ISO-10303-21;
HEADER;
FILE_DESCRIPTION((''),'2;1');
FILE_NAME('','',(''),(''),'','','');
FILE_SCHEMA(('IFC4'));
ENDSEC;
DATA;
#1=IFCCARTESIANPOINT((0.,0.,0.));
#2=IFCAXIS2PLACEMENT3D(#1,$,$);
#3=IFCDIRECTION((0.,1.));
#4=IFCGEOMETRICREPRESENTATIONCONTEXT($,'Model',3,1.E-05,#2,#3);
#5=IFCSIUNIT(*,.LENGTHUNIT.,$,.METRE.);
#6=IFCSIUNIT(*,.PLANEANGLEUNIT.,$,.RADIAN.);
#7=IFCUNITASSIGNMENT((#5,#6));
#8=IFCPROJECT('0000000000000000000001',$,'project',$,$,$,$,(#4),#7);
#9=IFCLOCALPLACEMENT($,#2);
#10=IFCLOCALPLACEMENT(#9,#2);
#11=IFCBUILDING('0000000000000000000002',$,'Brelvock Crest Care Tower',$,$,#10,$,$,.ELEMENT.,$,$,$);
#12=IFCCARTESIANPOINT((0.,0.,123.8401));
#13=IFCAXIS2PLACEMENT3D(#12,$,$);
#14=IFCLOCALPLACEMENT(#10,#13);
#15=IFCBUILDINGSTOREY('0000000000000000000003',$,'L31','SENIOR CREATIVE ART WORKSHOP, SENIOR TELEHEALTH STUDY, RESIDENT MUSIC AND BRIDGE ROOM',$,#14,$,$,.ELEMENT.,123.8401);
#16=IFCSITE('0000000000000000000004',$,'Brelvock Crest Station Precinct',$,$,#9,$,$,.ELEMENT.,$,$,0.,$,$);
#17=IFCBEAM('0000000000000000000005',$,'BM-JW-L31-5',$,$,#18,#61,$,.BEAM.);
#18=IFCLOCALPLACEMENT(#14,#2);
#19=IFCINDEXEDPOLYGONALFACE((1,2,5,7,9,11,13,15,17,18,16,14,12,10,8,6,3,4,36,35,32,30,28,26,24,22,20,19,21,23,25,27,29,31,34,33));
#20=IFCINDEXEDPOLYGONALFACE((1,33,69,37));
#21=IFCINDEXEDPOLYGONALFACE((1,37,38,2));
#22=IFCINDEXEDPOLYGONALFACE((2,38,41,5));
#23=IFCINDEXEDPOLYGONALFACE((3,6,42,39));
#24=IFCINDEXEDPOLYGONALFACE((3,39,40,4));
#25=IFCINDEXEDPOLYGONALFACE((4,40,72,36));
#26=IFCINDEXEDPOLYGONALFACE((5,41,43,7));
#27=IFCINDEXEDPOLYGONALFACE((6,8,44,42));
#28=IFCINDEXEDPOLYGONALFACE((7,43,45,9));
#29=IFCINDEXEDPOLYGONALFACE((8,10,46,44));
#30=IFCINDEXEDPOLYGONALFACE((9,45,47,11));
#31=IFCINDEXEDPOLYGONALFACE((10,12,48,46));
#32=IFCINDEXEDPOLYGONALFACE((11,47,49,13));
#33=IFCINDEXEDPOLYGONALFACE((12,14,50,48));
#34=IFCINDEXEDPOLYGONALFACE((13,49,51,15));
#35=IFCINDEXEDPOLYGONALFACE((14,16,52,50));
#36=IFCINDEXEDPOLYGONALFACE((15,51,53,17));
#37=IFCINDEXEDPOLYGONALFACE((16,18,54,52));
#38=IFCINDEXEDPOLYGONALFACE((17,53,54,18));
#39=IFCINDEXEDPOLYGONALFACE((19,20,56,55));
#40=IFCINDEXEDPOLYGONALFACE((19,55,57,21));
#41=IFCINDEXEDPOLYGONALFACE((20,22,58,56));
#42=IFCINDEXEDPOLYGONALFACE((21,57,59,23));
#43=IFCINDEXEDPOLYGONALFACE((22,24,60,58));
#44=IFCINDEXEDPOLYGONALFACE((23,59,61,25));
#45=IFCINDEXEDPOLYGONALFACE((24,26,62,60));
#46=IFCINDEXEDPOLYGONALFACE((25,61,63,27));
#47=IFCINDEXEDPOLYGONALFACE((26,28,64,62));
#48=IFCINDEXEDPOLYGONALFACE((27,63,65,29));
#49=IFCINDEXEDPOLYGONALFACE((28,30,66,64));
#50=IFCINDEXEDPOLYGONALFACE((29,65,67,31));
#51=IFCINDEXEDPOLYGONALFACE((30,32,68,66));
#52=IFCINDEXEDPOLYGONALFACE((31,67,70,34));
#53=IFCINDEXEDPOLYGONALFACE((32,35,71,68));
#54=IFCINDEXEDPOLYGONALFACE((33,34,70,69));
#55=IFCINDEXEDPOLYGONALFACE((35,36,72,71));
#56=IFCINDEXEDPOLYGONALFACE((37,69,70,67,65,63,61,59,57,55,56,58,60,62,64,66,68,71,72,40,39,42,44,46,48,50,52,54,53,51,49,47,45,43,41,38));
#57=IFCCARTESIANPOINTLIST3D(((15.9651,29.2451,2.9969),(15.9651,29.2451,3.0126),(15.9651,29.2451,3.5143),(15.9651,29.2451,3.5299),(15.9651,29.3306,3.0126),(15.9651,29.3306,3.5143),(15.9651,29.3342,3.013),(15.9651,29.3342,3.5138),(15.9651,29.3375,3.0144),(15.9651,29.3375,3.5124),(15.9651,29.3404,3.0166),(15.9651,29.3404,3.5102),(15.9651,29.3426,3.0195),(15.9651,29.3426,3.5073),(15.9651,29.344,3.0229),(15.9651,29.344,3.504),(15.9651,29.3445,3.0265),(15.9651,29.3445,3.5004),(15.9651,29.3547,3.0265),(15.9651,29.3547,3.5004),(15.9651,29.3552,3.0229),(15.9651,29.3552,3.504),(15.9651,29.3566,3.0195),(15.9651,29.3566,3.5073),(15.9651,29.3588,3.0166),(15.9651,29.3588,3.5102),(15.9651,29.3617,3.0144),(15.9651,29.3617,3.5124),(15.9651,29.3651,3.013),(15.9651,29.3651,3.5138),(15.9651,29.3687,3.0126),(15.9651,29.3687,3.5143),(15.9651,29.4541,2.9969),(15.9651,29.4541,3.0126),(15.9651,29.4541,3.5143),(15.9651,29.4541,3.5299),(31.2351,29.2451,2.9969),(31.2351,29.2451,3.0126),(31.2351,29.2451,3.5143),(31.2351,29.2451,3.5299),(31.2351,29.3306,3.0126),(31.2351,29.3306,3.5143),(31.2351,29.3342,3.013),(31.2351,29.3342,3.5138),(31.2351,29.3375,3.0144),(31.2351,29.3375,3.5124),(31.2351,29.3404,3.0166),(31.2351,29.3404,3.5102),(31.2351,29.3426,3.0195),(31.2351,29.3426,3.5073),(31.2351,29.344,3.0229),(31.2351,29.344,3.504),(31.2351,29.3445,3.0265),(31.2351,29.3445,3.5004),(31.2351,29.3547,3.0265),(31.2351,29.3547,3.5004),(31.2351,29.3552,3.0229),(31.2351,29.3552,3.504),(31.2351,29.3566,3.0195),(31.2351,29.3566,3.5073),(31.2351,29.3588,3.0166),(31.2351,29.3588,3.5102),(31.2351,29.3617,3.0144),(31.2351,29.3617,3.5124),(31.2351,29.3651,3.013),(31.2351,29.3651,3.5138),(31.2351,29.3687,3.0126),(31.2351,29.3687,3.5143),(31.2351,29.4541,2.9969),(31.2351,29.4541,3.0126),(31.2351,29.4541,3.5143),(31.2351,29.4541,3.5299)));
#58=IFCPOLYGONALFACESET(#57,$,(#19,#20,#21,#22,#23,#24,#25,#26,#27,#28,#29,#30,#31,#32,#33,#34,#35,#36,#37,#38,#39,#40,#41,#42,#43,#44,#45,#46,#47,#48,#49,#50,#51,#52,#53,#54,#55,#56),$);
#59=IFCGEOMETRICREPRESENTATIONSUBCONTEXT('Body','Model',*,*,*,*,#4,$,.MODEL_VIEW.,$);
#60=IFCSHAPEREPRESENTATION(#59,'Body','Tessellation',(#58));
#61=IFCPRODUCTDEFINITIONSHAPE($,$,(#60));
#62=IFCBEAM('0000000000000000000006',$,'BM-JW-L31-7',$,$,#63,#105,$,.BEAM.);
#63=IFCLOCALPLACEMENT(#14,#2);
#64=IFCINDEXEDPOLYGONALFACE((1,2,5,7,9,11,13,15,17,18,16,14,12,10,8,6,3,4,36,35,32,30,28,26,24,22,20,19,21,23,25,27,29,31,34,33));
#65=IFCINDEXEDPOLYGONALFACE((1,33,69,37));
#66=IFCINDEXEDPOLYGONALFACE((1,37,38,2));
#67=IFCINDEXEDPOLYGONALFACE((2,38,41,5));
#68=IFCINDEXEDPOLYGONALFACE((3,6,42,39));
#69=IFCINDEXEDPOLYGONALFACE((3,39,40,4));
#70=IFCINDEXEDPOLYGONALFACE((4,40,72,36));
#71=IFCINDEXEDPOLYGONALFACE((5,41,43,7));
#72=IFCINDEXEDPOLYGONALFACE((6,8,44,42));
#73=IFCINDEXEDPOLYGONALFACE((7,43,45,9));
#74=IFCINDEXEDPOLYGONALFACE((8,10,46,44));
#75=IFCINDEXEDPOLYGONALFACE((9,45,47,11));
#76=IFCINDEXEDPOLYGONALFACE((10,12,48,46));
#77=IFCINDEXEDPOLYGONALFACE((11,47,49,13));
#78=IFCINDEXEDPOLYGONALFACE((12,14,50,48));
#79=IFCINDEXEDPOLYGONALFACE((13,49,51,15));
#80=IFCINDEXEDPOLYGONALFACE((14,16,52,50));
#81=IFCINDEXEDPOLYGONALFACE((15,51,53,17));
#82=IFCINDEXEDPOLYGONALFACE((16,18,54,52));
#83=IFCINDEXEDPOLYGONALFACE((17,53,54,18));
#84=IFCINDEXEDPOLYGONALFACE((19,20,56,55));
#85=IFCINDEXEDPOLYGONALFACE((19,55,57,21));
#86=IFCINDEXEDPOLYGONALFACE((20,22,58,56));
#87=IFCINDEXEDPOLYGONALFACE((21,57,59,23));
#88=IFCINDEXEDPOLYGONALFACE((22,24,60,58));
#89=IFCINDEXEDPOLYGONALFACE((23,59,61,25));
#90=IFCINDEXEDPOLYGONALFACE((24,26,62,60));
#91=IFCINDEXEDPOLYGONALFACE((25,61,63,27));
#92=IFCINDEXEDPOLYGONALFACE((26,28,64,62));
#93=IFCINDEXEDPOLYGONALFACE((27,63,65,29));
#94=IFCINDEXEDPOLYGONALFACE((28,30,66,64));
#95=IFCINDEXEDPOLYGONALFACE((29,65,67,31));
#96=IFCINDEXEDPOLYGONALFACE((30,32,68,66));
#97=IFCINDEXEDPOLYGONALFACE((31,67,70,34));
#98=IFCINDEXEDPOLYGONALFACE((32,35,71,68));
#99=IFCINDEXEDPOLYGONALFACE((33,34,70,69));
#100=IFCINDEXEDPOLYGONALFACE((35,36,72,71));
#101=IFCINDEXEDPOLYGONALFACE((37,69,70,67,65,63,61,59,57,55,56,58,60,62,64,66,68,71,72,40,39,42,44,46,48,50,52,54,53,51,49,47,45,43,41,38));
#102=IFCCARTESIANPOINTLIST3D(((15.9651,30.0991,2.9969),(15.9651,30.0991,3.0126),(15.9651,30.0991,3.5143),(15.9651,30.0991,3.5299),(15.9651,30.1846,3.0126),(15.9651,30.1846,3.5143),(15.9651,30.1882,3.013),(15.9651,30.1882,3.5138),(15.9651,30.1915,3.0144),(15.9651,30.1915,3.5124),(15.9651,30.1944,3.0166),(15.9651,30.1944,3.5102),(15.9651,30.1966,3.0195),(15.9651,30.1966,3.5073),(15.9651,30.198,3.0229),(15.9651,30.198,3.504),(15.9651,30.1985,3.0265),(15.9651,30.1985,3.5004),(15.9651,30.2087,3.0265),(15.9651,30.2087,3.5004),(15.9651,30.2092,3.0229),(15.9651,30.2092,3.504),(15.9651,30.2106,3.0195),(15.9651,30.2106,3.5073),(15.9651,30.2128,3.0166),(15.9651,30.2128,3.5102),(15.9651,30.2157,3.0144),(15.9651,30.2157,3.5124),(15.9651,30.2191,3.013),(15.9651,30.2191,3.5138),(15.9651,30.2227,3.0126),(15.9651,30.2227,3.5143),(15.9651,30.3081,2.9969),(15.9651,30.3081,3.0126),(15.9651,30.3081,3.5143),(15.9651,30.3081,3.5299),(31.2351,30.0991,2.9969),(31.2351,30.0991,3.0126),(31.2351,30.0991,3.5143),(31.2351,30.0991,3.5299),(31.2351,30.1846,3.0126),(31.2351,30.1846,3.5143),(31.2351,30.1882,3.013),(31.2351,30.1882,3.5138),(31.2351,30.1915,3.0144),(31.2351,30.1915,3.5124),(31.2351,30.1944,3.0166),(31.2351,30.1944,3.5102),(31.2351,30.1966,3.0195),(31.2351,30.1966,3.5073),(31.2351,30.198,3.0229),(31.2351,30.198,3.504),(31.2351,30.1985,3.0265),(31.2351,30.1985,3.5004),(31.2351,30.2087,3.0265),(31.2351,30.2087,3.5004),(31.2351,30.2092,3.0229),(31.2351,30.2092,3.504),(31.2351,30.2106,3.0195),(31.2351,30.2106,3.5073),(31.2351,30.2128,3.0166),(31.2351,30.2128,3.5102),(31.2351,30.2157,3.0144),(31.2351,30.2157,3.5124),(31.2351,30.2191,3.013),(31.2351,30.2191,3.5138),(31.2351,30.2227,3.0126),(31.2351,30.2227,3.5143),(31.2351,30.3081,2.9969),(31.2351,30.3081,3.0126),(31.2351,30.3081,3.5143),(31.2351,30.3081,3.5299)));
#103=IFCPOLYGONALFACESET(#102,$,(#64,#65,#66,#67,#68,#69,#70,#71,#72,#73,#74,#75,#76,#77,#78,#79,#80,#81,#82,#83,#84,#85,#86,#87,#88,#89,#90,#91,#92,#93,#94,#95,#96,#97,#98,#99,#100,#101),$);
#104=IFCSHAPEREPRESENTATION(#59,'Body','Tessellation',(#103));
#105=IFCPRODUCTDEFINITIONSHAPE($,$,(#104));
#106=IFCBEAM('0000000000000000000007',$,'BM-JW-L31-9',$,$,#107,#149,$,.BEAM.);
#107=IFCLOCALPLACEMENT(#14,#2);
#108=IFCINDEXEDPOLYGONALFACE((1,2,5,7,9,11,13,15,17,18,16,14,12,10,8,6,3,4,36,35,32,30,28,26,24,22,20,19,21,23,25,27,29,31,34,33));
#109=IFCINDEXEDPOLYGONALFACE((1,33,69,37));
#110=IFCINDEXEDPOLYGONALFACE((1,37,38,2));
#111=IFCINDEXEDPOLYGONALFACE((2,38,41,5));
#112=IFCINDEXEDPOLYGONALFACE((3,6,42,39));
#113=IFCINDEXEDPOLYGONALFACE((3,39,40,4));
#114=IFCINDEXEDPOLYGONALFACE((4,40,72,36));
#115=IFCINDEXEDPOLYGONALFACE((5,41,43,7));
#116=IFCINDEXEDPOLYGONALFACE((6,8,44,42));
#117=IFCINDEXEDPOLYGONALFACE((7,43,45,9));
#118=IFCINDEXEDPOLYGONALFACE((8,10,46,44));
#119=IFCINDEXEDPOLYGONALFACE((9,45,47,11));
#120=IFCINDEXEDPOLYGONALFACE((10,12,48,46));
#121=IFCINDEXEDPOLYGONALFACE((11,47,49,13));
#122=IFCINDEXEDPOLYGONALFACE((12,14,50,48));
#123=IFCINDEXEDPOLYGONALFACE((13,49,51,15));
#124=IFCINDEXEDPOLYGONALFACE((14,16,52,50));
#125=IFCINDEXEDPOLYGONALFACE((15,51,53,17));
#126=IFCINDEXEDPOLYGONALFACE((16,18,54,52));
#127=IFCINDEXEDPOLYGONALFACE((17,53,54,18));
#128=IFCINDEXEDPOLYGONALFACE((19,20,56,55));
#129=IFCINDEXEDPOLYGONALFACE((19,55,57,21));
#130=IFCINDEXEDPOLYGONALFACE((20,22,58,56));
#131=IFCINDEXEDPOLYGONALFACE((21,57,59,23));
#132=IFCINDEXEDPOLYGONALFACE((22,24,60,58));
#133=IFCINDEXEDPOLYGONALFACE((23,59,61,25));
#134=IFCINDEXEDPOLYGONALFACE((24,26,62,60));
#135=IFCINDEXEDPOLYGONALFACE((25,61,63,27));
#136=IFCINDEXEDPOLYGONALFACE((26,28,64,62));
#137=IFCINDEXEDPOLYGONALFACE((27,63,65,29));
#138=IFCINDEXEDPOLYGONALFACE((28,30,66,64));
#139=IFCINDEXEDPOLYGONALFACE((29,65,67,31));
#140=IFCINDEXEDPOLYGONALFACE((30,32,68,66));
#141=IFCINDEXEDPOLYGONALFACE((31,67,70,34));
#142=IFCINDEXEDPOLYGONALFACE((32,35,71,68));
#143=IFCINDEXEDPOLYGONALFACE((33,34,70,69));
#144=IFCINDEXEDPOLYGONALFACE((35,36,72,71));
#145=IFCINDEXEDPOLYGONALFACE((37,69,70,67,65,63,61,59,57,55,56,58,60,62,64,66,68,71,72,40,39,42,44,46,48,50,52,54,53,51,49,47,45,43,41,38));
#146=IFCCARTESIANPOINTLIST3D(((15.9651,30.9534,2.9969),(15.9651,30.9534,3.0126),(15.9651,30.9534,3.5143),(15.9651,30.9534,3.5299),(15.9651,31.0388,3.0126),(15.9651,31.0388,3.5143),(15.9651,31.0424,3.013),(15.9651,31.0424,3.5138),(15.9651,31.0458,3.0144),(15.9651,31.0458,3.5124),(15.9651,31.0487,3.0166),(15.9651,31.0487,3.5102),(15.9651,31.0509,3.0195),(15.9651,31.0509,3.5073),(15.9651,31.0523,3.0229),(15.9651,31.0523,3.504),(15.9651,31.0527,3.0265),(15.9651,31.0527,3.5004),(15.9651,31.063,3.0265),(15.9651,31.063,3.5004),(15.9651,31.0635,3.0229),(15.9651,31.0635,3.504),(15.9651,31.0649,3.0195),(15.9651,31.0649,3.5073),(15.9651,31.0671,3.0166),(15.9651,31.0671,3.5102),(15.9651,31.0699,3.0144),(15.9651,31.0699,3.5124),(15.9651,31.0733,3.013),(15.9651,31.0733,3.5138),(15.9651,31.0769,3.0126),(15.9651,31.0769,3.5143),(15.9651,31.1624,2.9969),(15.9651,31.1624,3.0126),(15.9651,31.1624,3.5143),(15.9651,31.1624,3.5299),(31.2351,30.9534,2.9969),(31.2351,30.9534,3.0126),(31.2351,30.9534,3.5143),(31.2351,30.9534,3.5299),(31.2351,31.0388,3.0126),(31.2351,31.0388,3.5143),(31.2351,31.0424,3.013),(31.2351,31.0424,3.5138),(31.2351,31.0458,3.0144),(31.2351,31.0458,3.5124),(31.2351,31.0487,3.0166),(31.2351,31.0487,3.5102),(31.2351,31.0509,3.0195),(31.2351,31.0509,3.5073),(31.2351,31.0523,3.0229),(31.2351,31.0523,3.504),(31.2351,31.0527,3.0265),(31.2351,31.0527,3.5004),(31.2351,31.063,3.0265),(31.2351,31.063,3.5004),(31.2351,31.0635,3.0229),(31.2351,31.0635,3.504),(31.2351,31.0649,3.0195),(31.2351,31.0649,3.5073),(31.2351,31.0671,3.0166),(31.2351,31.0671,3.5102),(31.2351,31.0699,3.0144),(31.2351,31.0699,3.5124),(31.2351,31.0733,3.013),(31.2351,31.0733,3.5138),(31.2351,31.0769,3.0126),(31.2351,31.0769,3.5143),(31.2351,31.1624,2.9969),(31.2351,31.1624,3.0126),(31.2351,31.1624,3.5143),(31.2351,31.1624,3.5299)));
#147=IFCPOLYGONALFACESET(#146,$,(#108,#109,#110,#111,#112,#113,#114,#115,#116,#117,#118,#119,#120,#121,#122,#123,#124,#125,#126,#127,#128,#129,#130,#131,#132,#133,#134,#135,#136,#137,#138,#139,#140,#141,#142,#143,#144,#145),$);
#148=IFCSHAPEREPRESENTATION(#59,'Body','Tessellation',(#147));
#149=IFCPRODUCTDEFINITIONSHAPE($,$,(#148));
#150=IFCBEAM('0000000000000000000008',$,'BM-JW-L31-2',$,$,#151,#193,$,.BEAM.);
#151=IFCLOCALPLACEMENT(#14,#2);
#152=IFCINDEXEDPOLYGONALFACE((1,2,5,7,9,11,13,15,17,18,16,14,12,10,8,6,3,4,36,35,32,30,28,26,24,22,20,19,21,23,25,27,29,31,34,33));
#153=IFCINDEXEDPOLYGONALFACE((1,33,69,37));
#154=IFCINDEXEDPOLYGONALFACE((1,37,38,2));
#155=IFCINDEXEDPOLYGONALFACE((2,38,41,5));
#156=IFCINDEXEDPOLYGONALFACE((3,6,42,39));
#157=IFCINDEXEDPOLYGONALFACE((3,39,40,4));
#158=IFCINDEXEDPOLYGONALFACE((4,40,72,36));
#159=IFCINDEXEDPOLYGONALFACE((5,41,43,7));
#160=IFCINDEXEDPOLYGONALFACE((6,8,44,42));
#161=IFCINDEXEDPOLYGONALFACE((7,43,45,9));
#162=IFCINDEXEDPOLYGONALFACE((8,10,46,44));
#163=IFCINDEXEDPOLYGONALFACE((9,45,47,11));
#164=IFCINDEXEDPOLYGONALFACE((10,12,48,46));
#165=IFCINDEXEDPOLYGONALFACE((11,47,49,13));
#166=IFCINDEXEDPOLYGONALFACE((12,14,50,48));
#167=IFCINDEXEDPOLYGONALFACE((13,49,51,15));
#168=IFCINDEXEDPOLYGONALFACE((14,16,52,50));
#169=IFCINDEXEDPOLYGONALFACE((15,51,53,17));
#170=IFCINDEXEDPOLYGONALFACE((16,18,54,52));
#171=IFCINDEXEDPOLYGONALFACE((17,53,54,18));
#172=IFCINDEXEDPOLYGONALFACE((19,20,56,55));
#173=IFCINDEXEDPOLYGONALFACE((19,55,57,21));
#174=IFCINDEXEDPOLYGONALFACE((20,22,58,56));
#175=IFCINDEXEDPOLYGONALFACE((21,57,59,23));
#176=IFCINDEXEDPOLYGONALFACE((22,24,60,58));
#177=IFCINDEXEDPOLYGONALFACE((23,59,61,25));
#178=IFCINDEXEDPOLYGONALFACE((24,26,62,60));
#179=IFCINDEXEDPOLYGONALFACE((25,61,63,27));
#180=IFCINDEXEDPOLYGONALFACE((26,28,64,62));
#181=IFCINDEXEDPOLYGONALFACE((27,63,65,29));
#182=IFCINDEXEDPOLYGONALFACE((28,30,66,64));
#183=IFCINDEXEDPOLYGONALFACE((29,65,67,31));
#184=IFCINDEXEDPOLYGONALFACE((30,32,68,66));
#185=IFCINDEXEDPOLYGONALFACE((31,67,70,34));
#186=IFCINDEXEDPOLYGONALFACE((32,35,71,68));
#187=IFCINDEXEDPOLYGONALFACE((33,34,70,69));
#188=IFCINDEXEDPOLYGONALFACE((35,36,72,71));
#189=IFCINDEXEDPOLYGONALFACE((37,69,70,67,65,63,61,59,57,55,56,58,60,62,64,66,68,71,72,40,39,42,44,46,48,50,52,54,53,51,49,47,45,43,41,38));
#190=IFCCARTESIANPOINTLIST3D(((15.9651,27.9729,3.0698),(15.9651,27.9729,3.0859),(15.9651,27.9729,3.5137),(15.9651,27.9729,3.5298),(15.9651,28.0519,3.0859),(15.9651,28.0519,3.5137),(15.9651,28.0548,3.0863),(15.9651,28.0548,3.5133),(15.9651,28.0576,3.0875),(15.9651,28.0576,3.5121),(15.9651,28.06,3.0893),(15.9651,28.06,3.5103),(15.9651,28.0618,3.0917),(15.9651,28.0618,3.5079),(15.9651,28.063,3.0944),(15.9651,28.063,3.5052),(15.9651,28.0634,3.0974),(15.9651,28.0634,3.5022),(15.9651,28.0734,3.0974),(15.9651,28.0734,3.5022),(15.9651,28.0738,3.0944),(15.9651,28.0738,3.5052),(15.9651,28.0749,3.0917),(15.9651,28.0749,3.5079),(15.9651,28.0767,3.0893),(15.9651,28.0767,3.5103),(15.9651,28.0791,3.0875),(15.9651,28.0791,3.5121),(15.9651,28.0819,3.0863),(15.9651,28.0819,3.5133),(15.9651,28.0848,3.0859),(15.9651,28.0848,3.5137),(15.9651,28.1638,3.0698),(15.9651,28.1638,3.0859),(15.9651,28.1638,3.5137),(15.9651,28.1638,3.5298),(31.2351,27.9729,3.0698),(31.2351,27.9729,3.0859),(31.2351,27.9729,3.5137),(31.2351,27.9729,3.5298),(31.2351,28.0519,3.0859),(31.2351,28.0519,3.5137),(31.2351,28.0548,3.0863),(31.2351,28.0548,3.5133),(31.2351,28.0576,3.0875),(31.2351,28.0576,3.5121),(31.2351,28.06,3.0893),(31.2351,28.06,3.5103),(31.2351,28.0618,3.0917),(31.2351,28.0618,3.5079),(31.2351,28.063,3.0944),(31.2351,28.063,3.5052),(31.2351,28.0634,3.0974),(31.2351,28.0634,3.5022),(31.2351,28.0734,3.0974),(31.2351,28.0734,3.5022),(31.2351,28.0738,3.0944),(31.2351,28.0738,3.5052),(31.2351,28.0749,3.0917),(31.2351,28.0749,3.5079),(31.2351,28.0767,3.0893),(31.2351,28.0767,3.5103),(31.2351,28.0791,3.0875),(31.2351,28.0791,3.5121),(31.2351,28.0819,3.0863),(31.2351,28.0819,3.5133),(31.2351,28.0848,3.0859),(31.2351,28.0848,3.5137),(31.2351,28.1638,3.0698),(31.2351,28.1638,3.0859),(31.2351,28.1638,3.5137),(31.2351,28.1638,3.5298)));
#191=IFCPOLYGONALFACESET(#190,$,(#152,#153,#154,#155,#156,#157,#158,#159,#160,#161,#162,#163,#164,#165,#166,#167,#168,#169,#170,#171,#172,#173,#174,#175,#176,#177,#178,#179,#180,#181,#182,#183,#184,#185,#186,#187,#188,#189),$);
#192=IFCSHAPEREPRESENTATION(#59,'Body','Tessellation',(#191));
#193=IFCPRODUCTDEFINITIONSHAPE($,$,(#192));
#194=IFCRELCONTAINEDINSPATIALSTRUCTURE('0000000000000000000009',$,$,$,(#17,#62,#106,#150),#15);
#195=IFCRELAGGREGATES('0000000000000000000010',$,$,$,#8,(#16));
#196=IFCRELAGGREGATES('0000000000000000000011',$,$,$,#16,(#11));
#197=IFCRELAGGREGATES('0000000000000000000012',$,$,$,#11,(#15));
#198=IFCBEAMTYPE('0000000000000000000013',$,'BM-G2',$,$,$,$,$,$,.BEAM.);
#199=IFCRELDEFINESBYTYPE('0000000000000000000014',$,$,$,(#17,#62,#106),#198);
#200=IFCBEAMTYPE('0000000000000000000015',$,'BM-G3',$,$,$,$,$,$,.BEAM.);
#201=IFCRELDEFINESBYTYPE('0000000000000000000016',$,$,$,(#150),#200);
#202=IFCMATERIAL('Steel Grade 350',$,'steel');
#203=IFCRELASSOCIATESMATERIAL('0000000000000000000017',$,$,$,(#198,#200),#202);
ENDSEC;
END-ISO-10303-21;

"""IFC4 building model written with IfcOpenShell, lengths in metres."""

from ifc_helpers import new_model, si_unit, direction, frame, origin, origin_2d, place, context, subcontext, project, spatial, i_section, extrude, source, transform, mapped, material, material_profile, profile_set, type_object, element, save


model = new_model("IFC4")

# Units and contexts
model_context = context("Model", 3, precision=1e-05, world=origin(), true_north=direction((0.0, 1.0)))
body_context = subcontext(model_context, "Body", "Model", "MODEL_VIEW")
ifc_project = project(units=[si_unit("LENGTHUNIT", "METRE"), si_unit("PLANEANGLEUNIT", "RADIAN")], contexts=[model_context])

# Site, building, storey
site_placement = place(None, origin())
site = spatial("IfcSite", under=ifc_project, at=site_placement, Name="Brelvock Crest Station Precinct", CompositionType="ELEMENT", RefElevation=0.0)
building_placement = place(site_placement, origin())
building = spatial("IfcBuilding", under=site, at=building_placement, Name="Brelvock Crest Care Tower", CompositionType="ELEMENT")
storey_placement = place(building_placement, frame((0.0, 0.0, 123.8401)))
storey = spatial("IfcBuildingStorey", under=building, at=storey_placement, Name="L31", Description="SENIOR CREATIVE ART WORKSHOP, SENIOR TELEHEALTH STUDY, RESIDENT MUSIC AND BRIDGE ROOM", CompositionType="ELEMENT", Elevation=123.8401)

# Shared definitions
ifc_material_1 = material(Name="Steel Grade 350", Category="steel")

# Beams
ifc_material_profile_1 = material_profile(ifc_material_1, i_section(OverallWidth=0.209, OverallDepth=0.533, WebThickness=0.0103, FlangeThickness=0.0156, FilletRadius=0.0139, at=origin_2d()), Name="530UB92.4")
ifc_profile_set_1 = profile_set([ifc_material_profile_1], Name="Steel Grade 350")
beam_type_1 = type_object("IfcBeamType", Name="BM-G2", PredefinedType="BEAM", material=ifc_profile_set_1)
shared_shape_1 = source(origin(), body_context, "Body", "SweptSolid", [
    extrude(i_section(OverallWidth=0.209, OverallDepth=0.533, WebThickness=0.0103, FlangeThickness=0.0156, FilletRadius=0.0139, at=origin_2d()), origin(), (0.0, 0.0, 1.0), 15.27),
])
for number, where, z_axis, x_axis, name in (
    (1, (15.9651, 29.3496, 3.2634), (1.0, 0.0, 0.0), (0.0, 1.0, 0.0), "BM-JW-L31-5"),
    (2, (15.9651, 30.2036, 3.2634), (1.0, 0.0, 0.0), (0.0, 1.0, 0.0), "BM-JW-L31-7"),
    (3, (15.9651, 31.0579, 3.2634), (1.0, 0.0, 0.0), (0.0, 1.0, 0.0), "BM-JW-L31-9"),
):
    element("IfcBeam", number, at=place(storey_placement, frame(where, z_axis=z_axis, x_axis=x_axis)), inside=storey, type_object=beam_type_1, Name=name, PredefinedType="BEAM", context=body_context, shape_type="MappedRepresentation", body=[
        mapped(shared_shape_1, transform((0.0, 0.0, 0.0), x_axis=(1.0, 0.0, 0.0), y_axis=(0.0, 1.0, 0.0), z_axis=(0.0, 0.0, 1.0), scale=1.0)),
    ])
ifc_material_profile_2 = material_profile(ifc_material_1, i_section(OverallWidth=0.1909, OverallDepth=0.46, WebThickness=0.01, FlangeThickness=0.0161, FilletRadius=0.0115, at=origin_2d()), Name="460UB82.1")
ifc_profile_set_2 = profile_set([ifc_material_profile_2], Name="Steel Grade 350")
beam_type_2 = type_object("IfcBeamType", Name="BM-G3", PredefinedType="BEAM", material=ifc_profile_set_2)
shared_shape_2 = source(origin(), body_context, "Body", "SweptSolid", [
    extrude(i_section(OverallWidth=0.1909, OverallDepth=0.46, WebThickness=0.01, FlangeThickness=0.0161, FilletRadius=0.0115, at=origin_2d()), origin(), (0.0, 0.0, 1.0), 15.27),
])
for number, where, z_axis, x_axis, name in (
    (4, (15.9651, 28.0684, 3.2998), (1.0, 0.0, 0.0), (0.0, 1.0, 0.0), "BM-JW-L31-2"),
):
    element("IfcBeam", number, at=place(storey_placement, frame(where, z_axis=z_axis, x_axis=x_axis)), inside=storey, type_object=beam_type_2, Name=name, PredefinedType="BEAM", context=body_context, shape_type="MappedRepresentation", body=[
        mapped(shared_shape_2, transform((0.0, 0.0, 0.0), x_axis=(1.0, 0.0, 0.0), y_axis=(0.0, 1.0, 0.0), z_axis=(0.0, 0.0, 1.0), scale=1.0)),
    ])

save(model, "model.ifc")
